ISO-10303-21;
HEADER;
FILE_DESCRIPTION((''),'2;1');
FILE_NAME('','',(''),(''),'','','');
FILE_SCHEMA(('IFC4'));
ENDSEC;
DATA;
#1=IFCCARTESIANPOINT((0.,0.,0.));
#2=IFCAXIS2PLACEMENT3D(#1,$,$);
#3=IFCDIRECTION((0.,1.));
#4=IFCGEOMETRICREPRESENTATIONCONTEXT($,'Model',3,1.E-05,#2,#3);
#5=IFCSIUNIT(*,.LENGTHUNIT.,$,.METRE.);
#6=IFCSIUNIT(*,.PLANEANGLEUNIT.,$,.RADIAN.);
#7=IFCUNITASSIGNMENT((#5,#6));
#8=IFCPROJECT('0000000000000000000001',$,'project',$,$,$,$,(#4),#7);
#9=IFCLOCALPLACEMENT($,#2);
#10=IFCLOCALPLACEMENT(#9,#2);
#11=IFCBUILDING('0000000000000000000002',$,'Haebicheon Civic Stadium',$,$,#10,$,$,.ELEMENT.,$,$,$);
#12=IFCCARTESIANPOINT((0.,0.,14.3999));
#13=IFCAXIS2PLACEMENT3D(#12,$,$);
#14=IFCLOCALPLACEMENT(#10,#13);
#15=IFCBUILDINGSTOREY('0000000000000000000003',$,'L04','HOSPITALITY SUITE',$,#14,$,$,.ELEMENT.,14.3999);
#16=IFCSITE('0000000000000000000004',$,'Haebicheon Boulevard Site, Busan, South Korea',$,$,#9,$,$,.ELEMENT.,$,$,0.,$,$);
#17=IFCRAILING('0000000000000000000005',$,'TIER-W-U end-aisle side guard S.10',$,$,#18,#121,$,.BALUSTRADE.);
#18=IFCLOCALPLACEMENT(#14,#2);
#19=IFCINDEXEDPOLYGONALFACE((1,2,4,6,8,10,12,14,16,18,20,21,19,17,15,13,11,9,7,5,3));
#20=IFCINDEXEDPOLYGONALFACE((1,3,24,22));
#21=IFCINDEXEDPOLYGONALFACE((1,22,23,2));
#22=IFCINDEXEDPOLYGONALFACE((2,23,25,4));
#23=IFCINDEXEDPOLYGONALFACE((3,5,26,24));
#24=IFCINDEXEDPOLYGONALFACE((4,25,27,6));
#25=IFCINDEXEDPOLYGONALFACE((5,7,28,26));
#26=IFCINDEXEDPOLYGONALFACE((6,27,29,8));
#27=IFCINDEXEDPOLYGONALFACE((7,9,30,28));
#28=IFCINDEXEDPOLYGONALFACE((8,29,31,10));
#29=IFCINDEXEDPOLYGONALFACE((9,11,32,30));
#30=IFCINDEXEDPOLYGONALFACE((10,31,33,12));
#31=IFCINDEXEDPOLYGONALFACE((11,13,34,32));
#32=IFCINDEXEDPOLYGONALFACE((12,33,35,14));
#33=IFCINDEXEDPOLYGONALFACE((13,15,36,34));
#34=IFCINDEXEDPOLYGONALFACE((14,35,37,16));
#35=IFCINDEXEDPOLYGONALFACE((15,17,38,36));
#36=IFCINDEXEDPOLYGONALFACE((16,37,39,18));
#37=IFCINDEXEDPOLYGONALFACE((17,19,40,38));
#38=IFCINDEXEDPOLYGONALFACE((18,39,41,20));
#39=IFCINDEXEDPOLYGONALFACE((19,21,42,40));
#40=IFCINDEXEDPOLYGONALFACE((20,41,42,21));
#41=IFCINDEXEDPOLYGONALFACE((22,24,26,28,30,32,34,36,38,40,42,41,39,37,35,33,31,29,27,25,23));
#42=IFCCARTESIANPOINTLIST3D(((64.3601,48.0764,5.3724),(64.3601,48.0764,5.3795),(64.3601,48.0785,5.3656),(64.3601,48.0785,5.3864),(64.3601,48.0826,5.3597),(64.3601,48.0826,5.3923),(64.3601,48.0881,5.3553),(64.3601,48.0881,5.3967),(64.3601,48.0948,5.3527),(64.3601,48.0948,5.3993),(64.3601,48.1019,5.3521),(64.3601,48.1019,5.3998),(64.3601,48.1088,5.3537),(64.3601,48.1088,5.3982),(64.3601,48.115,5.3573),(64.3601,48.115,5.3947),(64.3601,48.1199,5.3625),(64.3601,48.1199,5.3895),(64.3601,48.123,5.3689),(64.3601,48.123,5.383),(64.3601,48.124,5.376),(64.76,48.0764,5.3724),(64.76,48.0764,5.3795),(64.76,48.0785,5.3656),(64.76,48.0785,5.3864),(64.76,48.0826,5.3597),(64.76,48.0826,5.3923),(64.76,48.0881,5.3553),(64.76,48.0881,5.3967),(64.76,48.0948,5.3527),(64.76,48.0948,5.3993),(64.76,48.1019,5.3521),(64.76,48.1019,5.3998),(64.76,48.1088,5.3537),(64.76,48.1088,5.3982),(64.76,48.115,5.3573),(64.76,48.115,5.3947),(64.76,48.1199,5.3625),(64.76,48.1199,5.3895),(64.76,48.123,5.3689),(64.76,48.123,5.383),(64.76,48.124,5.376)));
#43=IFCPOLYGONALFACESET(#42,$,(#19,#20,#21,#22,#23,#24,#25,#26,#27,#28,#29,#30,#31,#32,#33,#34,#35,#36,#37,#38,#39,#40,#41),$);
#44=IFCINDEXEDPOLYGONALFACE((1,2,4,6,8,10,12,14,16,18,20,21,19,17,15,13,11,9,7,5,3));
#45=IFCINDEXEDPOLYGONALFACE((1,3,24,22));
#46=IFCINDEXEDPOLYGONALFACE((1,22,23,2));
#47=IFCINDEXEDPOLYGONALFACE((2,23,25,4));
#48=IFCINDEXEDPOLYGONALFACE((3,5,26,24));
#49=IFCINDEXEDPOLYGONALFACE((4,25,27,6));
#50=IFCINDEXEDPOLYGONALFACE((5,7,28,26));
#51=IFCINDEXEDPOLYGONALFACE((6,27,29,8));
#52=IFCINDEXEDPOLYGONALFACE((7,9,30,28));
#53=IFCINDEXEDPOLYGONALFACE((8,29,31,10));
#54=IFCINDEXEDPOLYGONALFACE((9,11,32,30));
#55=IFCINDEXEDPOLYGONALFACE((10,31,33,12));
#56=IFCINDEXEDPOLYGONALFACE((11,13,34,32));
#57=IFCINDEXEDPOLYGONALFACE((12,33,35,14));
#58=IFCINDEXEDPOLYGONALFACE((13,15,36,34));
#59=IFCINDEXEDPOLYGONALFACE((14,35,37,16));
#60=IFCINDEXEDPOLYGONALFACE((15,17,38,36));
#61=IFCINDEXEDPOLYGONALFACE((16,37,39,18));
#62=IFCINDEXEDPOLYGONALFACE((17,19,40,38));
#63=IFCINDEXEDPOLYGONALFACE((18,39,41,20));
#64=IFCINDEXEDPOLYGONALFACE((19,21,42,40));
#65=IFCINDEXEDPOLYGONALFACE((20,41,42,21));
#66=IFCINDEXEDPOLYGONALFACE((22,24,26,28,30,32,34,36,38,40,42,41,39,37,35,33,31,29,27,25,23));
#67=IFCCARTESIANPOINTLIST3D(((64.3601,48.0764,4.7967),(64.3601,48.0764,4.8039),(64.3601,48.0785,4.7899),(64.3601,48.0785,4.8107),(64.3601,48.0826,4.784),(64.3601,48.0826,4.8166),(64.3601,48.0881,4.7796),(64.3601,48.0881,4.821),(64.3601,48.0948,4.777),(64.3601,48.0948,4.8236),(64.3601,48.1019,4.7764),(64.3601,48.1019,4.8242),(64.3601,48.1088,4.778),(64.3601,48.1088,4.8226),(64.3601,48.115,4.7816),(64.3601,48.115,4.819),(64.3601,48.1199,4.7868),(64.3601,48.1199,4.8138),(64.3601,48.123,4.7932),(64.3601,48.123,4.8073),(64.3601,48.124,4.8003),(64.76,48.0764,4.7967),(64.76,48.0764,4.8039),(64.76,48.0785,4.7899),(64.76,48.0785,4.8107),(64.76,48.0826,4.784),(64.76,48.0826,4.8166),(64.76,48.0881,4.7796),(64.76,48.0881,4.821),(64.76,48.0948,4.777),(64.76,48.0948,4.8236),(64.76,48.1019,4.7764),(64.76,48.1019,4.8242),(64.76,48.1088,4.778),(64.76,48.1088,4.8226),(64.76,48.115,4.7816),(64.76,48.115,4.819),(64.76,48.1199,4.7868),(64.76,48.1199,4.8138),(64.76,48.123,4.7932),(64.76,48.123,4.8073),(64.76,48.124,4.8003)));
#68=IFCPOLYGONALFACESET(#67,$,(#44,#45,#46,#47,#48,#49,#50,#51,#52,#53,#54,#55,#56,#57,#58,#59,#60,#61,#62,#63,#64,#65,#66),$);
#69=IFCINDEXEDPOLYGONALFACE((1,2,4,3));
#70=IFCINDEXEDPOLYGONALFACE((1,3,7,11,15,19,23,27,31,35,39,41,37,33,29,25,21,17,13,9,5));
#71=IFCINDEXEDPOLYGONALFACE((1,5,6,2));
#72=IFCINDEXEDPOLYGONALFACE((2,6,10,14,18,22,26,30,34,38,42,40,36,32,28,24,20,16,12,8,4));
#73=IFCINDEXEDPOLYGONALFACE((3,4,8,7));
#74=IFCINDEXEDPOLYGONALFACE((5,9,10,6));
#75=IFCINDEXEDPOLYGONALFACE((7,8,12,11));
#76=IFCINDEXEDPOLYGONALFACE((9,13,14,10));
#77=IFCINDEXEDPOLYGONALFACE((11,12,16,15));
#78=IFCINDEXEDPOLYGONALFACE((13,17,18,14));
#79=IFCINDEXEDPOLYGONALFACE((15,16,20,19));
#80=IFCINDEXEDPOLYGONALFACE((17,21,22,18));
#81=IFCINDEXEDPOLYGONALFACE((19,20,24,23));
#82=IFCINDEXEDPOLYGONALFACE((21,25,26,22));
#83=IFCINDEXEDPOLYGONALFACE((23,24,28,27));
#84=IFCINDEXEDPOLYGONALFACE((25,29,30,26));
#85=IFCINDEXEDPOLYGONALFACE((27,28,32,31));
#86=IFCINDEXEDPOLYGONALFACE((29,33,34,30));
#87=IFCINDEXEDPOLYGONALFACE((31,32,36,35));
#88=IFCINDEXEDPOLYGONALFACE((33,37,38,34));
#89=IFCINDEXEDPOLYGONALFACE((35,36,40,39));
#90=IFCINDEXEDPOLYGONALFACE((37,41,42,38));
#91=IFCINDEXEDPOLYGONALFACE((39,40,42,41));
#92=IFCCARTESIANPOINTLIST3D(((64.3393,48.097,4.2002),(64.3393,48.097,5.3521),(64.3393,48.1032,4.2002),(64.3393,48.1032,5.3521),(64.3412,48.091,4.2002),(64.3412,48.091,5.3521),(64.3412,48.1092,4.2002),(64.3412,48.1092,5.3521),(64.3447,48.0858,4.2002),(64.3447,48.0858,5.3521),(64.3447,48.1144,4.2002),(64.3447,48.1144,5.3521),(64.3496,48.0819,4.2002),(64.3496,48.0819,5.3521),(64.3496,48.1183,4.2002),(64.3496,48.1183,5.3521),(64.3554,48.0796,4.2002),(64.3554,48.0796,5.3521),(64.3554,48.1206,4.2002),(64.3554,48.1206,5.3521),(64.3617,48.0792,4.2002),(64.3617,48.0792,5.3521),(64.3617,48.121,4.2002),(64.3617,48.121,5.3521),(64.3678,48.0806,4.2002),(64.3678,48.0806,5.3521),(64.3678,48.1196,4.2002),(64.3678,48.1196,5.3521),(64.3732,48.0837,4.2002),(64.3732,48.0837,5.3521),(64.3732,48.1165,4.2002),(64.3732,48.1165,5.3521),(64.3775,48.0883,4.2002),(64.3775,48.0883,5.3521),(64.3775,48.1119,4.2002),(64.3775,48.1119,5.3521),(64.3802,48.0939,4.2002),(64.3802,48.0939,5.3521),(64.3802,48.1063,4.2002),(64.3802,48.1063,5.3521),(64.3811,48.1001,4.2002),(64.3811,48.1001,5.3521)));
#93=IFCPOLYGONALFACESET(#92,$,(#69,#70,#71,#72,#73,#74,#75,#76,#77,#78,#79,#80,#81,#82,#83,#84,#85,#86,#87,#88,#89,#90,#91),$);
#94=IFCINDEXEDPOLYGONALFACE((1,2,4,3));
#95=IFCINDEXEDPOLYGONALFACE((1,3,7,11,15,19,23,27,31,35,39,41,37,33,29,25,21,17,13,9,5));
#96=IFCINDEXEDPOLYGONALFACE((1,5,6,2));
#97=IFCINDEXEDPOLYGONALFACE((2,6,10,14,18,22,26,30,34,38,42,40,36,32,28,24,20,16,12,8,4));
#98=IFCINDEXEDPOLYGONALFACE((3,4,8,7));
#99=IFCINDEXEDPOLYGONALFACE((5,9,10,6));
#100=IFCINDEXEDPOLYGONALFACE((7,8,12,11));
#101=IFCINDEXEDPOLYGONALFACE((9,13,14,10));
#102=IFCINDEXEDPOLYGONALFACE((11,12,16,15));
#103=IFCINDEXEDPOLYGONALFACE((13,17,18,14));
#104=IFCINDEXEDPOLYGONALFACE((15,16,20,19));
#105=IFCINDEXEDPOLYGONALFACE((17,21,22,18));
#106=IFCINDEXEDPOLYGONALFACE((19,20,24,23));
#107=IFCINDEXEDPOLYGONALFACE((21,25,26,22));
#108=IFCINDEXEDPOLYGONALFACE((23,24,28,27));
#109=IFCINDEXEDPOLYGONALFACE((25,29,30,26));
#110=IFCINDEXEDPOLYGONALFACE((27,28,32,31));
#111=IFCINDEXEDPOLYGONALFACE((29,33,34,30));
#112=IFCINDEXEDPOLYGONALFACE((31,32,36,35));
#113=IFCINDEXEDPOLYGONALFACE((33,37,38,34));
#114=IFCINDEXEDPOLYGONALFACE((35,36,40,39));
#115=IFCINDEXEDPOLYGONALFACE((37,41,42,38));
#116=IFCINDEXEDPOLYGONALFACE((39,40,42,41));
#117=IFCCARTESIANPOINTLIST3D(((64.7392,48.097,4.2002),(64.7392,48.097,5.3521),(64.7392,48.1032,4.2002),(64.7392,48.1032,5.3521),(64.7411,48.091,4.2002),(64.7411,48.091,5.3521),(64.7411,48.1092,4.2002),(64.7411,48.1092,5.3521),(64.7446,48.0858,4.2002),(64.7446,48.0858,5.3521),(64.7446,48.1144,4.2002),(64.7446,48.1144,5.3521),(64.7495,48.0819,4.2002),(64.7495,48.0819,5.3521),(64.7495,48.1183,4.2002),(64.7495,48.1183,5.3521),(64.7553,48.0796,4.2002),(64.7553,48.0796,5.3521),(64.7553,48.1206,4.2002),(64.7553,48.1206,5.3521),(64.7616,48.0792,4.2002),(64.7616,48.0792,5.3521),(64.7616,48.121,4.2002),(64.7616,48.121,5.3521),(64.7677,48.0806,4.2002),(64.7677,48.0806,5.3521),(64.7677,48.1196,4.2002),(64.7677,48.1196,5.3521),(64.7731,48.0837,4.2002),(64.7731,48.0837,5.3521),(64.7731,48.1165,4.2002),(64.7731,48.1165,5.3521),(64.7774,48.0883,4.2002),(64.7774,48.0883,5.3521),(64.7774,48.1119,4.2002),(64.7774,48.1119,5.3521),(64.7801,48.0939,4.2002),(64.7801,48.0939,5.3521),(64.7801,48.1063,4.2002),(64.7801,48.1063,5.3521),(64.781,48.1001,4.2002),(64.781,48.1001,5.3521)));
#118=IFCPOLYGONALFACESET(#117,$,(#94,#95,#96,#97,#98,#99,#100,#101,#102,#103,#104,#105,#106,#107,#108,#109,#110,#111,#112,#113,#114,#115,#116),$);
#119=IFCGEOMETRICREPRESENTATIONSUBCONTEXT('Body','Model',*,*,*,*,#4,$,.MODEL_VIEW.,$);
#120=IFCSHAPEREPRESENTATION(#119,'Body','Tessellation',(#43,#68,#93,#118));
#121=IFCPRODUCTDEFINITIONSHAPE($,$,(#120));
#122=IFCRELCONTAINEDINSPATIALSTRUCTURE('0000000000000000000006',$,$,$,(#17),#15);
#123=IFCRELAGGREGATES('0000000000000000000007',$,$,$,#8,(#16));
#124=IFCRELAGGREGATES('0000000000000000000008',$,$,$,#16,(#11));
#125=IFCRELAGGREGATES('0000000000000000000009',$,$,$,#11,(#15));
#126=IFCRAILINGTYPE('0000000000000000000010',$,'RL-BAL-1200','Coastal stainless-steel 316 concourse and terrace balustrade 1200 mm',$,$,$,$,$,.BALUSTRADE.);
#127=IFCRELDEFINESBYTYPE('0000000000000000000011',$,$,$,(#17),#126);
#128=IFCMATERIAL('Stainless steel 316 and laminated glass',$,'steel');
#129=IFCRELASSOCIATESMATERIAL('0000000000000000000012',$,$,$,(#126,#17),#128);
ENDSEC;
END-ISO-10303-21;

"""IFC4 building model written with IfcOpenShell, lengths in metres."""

from ifc_helpers import new_model, si_unit, direction, frame, origin, origin_2d, place, context, subcontext, project, spatial, circle, extrude, material, type_object, element, save


model = new_model("IFC4")

# Units and contexts
model_context = context("Model", 3, precision=1e-05, world=origin(), true_north=direction((0.0, 1.0)))
body_context = subcontext(model_context, "Body", "Model", "MODEL_VIEW")
ifc_project = project(units=[si_unit("LENGTHUNIT", "METRE"), si_unit("PLANEANGLEUNIT", "RADIAN")], contexts=[model_context])

# Site, building, storey
site_placement = place(None, origin())
site = spatial("IfcSite", under=ifc_project, at=site_placement, Name="Haebicheon Boulevard Site, Busan, South Korea", CompositionType="ELEMENT", RefElevation=0.0)
building_placement = place(site_placement, origin())
building = spatial("IfcBuilding", under=site, at=building_placement, Name="Haebicheon Civic Stadium", CompositionType="ELEMENT")
storey_placement = place(building_placement, frame((0.0, 0.0, 14.3999)))
storey = spatial("IfcBuildingStorey", under=building, at=storey_placement, Name="L04", Description="HOSPITALITY SUITE", CompositionType="ELEMENT", Elevation=14.3999)

# Railing
ifc_material_1 = material(Name="Stainless steel 316 and laminated glass", Category="steel")
railing_type = type_object("IfcRailingType", Name="RL-BAL-1200", Description="Coastal stainless-steel 316 concourse and terrace balustrade 1200 mm", PredefinedType="BALUSTRADE", material=ifc_material_1)
railing_1_placement = place(storey_placement, frame((64.3601, 48.1001, 4.2002)))
element("IfcRailing", 1, at=railing_1_placement, inside=storey, type_object=railing_type, material=ifc_material_1, Name="TIER-W-U end-aisle side guard S.10", PredefinedType="BALUSTRADE", context=body_context, shape_type="SweptSolid", body=[
    extrude(circle(Radius=0.0239, at=origin_2d()), frame((0.0, 0.0, 1.1758), z_axis=(1.0, 0.0, 0.0), x_axis=(0.0, 1.0, 0.0)), (0.0, 0.0, 1.0), 0.3999),
    extrude(circle(Radius=0.0239, at=origin_2d()), frame((0.0, 0.0, 0.6001), z_axis=(1.0, 0.0, 0.0), x_axis=(0.0, 1.0, 0.0)), (0.0, 0.0, 1.0), 0.3999),
    extrude(circle(Radius=0.021, at=origin_2d()), origin(), (0.0, 0.0, 1.0), 1.1519),
    extrude(circle(Radius=0.021, at=origin_2d()), frame((0.3999, 0.0, 0.0)), (0.0, 0.0, 1.0), 1.1519),
])

save(model, "model.ifc")
